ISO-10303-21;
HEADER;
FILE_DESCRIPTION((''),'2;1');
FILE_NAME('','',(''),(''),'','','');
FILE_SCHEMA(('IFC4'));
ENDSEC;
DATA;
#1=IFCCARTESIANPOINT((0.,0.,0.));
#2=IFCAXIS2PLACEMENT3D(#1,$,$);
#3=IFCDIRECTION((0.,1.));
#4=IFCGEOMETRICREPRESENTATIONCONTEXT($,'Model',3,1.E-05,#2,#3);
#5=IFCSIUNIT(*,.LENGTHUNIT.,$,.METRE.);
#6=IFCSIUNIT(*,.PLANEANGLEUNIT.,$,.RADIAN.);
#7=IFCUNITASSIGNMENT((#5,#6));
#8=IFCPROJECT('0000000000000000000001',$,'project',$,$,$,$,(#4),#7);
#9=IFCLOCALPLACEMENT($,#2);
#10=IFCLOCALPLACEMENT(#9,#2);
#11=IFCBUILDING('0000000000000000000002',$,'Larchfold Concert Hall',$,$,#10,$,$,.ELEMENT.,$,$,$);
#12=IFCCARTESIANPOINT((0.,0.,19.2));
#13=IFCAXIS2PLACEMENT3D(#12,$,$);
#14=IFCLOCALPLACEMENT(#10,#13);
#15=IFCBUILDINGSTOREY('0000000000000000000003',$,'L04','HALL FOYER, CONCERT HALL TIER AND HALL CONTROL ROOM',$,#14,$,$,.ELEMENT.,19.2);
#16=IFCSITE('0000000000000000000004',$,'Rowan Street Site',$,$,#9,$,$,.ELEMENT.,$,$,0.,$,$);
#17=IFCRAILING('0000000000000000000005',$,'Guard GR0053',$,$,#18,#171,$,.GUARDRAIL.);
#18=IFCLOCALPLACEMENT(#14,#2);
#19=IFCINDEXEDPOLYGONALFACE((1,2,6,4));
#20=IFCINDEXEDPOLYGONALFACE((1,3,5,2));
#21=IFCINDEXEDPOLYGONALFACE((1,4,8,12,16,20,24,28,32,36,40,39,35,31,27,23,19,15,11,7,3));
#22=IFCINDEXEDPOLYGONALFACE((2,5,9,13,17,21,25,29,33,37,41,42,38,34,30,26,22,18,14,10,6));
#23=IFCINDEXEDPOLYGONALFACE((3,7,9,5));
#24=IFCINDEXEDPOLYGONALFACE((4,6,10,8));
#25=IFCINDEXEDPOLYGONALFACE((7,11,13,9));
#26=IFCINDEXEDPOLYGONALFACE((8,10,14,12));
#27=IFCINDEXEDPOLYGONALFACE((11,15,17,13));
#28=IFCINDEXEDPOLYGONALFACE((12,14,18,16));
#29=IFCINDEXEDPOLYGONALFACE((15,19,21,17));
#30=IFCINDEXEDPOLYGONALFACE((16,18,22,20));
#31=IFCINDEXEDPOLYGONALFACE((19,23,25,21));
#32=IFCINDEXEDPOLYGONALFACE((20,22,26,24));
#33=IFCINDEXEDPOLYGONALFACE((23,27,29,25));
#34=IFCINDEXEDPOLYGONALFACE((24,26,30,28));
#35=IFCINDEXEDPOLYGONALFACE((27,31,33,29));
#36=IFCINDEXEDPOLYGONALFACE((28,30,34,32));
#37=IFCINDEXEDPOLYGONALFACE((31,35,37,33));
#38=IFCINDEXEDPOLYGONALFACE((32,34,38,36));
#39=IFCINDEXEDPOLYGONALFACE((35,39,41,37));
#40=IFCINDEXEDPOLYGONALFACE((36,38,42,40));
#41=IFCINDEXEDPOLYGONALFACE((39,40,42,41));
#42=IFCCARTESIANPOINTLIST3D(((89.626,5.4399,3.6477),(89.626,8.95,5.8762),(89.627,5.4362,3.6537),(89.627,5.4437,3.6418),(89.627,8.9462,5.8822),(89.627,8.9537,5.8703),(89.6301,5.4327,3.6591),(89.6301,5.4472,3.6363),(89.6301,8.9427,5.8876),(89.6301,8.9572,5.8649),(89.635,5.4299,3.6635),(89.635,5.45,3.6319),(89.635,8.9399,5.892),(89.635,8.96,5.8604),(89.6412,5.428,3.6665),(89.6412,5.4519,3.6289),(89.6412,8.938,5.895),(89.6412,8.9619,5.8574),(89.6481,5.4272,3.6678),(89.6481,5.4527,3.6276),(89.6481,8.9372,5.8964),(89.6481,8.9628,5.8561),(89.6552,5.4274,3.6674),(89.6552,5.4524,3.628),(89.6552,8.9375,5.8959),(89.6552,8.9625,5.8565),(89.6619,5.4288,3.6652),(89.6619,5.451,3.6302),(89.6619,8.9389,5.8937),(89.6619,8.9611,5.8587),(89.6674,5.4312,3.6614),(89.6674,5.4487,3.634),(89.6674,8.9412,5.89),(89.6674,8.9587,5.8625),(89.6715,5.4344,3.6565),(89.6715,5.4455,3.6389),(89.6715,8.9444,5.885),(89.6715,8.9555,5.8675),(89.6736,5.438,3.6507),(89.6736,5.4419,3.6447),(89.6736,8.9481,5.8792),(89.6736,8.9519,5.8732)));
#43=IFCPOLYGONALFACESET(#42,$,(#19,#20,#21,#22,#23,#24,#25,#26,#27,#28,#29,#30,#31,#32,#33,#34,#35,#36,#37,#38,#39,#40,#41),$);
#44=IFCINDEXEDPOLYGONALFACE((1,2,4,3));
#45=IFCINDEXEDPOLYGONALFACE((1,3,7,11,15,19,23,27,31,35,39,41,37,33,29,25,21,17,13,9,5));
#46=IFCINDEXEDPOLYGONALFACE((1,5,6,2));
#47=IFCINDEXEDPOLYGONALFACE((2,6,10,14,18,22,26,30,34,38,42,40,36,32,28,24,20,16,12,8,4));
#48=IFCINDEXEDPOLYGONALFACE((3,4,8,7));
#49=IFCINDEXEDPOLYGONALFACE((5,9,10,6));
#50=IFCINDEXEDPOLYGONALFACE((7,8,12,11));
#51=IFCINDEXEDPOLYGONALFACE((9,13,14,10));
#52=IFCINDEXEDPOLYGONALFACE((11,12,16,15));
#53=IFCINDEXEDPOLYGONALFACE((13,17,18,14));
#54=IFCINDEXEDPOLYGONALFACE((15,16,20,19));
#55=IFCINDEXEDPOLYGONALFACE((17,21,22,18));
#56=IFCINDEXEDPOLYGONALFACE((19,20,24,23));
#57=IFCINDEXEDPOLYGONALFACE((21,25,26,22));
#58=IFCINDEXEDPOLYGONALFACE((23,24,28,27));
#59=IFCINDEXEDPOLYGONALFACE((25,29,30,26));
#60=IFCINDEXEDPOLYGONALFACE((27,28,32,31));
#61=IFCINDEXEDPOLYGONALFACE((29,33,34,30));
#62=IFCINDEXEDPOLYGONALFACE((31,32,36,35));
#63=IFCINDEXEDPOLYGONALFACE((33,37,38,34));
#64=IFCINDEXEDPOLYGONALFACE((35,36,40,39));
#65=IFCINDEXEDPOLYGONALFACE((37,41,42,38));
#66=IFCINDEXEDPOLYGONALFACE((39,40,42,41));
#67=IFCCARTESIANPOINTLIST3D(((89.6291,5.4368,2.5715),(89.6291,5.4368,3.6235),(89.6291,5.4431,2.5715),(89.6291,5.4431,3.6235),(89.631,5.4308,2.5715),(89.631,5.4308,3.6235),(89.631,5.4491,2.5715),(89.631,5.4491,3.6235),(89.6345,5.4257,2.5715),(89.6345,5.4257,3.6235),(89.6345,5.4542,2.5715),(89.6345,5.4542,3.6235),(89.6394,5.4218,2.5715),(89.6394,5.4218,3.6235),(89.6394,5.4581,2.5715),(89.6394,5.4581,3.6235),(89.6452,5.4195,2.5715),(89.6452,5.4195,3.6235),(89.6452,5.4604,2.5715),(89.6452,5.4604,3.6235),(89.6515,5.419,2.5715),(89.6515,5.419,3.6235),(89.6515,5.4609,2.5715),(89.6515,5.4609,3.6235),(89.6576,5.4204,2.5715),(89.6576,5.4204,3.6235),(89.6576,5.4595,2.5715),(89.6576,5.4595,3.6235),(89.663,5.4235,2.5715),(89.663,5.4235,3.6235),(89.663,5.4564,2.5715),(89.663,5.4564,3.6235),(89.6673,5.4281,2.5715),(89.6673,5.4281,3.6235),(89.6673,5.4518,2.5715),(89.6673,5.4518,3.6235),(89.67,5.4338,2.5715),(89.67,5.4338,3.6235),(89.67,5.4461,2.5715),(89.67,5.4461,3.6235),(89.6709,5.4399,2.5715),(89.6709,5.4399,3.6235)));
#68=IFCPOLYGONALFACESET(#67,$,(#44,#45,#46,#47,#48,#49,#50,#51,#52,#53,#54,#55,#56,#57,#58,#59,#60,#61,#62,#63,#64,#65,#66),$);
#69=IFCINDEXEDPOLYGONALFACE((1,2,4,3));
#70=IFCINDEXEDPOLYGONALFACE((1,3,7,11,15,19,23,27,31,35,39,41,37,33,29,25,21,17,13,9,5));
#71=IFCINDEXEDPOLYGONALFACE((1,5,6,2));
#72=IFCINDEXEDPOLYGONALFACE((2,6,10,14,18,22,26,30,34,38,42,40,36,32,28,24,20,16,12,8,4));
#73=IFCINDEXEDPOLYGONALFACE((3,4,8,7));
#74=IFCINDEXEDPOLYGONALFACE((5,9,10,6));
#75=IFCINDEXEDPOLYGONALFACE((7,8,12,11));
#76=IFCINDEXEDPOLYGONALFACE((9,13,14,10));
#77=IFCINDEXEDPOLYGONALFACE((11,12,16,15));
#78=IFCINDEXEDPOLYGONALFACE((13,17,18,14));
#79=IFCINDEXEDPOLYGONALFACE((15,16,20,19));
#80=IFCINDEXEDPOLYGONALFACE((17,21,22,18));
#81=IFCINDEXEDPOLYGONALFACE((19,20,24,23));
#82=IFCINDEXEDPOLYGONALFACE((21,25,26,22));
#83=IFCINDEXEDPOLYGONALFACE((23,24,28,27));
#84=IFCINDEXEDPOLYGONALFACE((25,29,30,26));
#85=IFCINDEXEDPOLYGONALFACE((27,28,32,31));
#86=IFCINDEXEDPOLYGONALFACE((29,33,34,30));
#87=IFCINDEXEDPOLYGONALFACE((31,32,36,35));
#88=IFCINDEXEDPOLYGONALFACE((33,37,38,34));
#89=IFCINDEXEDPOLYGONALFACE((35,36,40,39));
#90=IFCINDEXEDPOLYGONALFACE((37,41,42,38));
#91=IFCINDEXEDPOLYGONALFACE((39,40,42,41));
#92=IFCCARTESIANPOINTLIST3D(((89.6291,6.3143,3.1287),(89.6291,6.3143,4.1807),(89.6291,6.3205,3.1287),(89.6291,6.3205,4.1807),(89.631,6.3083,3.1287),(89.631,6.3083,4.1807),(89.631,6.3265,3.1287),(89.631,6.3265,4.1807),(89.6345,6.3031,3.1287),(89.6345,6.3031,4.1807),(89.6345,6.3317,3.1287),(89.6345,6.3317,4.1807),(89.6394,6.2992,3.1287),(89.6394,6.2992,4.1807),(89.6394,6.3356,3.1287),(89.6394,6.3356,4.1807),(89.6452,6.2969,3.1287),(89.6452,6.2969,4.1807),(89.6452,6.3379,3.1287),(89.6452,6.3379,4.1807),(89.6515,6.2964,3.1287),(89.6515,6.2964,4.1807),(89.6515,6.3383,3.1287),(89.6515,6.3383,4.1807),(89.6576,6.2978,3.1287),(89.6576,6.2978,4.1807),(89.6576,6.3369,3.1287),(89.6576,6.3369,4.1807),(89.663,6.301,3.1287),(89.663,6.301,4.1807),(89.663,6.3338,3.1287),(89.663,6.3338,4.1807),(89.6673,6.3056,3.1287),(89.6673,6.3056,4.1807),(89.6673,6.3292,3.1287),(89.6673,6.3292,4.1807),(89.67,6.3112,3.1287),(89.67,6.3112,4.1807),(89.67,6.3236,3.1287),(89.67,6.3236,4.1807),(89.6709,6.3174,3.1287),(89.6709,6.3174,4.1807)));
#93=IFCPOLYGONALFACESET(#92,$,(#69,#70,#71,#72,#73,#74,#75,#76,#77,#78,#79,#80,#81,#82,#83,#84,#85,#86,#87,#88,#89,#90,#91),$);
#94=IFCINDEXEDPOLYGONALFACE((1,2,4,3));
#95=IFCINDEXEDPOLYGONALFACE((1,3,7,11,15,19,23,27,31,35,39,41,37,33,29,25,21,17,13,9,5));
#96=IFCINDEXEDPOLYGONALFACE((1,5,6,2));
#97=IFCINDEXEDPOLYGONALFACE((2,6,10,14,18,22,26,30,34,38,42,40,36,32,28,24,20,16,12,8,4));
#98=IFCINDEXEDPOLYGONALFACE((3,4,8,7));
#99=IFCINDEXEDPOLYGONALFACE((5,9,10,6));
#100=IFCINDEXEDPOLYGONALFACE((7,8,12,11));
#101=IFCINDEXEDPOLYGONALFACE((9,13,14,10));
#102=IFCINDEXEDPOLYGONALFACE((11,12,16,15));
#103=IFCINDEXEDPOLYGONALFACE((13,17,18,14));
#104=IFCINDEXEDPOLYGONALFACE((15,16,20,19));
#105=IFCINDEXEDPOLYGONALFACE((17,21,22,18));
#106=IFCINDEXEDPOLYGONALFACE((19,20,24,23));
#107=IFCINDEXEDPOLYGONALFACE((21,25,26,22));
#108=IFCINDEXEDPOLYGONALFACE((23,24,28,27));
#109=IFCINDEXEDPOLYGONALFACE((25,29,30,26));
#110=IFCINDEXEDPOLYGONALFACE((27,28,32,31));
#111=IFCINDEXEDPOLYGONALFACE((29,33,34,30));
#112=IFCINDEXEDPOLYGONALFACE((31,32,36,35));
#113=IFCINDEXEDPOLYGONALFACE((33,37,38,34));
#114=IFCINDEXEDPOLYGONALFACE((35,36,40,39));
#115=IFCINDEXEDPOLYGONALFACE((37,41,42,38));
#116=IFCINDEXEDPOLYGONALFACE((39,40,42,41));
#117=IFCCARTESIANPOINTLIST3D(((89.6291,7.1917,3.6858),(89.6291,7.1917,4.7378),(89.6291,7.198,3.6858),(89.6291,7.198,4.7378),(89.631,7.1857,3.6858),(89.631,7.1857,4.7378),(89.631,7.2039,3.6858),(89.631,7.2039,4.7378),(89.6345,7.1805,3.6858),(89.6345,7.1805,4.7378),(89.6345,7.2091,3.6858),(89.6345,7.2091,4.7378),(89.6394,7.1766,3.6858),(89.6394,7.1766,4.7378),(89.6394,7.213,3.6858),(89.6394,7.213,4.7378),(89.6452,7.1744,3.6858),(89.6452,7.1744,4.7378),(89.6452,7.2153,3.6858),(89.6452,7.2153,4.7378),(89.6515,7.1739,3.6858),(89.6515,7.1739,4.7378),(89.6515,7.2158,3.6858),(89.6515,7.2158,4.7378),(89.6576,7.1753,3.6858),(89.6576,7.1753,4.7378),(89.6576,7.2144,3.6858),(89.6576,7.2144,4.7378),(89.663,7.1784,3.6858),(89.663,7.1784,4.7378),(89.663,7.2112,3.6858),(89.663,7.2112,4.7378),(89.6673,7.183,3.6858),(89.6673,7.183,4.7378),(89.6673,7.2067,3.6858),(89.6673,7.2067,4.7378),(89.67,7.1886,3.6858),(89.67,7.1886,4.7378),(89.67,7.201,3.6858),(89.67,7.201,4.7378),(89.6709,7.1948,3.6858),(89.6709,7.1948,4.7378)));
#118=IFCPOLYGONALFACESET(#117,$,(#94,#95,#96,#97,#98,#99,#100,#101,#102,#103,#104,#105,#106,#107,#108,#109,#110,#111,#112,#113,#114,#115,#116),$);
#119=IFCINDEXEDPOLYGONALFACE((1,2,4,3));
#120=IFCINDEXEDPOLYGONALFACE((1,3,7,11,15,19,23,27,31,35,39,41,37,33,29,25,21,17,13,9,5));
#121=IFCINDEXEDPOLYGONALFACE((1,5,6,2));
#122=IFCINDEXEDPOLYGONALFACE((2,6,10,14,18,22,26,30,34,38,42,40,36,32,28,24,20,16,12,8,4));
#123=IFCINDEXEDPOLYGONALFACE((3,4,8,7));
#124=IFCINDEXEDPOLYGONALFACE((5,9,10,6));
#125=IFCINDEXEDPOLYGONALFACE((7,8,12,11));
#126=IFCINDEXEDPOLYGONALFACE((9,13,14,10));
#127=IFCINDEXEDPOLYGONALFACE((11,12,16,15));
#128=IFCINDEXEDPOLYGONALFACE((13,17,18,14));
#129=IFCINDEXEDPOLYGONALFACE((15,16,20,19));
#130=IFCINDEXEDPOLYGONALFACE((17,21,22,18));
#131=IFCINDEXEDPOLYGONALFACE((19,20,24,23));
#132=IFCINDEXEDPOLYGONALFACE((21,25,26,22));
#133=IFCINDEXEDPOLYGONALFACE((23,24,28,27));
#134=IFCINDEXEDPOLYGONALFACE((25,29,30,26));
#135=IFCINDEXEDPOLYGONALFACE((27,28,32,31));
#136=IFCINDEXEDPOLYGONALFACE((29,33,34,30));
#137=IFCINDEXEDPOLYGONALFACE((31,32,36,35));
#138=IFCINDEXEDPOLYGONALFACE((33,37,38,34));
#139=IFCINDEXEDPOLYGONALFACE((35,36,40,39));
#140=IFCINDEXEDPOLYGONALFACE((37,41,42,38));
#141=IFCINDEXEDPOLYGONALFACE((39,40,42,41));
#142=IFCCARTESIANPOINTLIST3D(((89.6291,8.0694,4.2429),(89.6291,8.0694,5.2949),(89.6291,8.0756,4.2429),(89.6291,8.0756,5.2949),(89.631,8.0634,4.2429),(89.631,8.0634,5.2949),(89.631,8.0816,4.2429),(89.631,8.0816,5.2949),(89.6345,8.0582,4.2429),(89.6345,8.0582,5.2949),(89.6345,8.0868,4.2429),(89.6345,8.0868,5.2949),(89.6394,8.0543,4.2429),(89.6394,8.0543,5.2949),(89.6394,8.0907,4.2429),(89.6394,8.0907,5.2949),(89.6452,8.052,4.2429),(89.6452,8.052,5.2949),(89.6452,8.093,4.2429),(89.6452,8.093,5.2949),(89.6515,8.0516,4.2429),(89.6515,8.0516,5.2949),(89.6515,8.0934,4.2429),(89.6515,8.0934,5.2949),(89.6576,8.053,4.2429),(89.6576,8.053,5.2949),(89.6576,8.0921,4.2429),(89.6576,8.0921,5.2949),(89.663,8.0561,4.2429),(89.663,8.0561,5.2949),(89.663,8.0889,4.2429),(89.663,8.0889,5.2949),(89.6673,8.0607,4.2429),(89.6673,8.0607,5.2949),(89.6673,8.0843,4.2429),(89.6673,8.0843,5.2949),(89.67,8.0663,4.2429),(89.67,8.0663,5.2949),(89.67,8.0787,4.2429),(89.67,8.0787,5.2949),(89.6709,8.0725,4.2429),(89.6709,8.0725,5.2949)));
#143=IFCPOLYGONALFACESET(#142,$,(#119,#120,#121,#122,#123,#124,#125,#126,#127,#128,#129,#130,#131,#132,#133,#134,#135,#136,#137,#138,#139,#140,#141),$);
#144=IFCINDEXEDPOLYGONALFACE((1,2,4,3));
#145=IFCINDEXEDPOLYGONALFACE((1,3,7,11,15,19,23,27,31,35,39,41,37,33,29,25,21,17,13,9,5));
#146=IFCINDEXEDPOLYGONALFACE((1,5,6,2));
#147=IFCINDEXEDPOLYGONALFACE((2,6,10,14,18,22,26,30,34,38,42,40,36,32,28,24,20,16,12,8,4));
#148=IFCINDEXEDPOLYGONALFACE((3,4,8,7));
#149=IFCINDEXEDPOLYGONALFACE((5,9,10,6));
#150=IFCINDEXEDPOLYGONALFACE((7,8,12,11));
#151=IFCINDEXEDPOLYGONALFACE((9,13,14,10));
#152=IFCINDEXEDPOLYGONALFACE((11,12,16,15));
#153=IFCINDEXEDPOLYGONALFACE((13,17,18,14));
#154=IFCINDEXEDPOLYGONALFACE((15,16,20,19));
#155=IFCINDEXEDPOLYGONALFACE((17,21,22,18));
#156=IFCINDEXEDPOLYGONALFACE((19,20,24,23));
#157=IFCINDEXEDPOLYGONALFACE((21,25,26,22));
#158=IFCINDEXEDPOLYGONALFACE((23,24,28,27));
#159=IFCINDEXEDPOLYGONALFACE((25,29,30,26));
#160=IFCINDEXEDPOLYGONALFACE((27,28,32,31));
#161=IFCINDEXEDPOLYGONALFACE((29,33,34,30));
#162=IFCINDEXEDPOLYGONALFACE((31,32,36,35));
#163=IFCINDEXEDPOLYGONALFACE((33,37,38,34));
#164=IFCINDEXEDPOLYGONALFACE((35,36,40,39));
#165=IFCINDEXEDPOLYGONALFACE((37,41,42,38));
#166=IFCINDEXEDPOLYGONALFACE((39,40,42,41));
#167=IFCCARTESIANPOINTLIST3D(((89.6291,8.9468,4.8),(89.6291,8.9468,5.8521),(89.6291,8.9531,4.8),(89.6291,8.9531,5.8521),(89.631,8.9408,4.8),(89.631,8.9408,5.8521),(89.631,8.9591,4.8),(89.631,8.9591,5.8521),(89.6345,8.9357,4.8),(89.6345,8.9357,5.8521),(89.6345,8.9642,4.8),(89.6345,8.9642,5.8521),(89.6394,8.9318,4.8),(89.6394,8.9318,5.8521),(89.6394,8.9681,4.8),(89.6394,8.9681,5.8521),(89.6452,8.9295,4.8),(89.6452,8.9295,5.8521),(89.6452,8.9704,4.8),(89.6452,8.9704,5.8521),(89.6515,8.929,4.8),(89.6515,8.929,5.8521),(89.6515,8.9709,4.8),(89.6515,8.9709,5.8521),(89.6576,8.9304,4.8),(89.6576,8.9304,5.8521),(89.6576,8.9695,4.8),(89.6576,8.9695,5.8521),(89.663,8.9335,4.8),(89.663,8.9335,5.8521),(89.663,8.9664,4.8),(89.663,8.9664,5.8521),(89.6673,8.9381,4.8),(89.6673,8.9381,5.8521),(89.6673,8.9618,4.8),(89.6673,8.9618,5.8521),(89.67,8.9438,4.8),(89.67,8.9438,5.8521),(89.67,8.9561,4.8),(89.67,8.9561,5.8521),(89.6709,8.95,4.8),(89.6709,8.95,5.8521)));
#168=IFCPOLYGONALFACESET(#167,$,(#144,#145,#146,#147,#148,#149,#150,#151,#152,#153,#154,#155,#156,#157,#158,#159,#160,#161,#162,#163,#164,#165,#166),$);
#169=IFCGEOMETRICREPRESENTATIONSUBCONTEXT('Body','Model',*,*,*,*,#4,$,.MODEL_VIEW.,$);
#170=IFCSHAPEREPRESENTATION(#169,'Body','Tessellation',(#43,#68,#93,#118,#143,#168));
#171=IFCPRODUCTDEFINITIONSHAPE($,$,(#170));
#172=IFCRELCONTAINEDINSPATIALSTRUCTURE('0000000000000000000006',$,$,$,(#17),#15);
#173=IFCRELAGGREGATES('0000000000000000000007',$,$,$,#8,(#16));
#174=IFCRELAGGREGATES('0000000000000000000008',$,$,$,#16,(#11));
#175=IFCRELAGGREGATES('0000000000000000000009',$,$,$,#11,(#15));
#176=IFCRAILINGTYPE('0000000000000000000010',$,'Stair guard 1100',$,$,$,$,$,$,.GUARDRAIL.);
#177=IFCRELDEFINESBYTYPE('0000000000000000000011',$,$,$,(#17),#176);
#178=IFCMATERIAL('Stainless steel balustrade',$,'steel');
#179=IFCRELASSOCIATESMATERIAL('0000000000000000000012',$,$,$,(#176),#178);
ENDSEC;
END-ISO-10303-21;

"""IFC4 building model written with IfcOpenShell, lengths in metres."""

from ifc_helpers import new_model, si_unit, direction, frame, origin, origin_2d, place, context, subcontext, project, spatial, circle, extrude, material, type_object, element, save


model = new_model("IFC4")

# Units and contexts
model_context = context("Model", 3, precision=1e-05, world=origin(), true_north=direction((0.0, 1.0)))
body_context = subcontext(model_context, "Body", "Model", "MODEL_VIEW")
ifc_project = project(units=[si_unit("LENGTHUNIT", "METRE"), si_unit("PLANEANGLEUNIT", "RADIAN")], contexts=[model_context])

# Site, building, storey
site_placement = place(None, origin())
site = spatial("IfcSite", under=ifc_project, at=site_placement, Name="Rowan Street Site", CompositionType="ELEMENT", RefElevation=0.0)
building_placement = place(site_placement, origin())
building = spatial("IfcBuilding", under=site, at=building_placement, Name="Larchfold Concert Hall", CompositionType="ELEMENT")
storey_placement = place(building_placement, frame((0.0, 0.0, 19.2)))
storey = spatial("IfcBuildingStorey", under=building, at=storey_placement, Name="L04", Description="HALL FOYER, CONCERT HALL TIER AND HALL CONTROL ROOM", CompositionType="ELEMENT", Elevation=19.2)

# Railing
ifc_material_1 = material(Name="Stainless steel balustrade", Category="steel")
railing_type_1 = type_object("IfcRailingType", Name="Stair guard 1100", PredefinedType="GUARDRAIL", material=ifc_material_1)
railing_1_placement = place(storey_placement, frame((89.6499, 5.4399, 2.5715)))
element("IfcRailing", 1, at=railing_1_placement, inside=storey, type_object=railing_type_1, Name="Guard GR0053", PredefinedType="GUARDRAIL", context=body_context, shape_type="SweptSolid", body=[
    extrude(circle(Radius=0.0239, at=origin_2d()), frame((0.0, 0.0, 1.0762), z_axis=(0.0, 0.84422, 0.535998), x_axis=(-1.0, 0.0, 0.0)), (0.0, 0.0, 1.0), 4.1577),
    extrude(circle(Radius=0.021, at=origin_2d()), origin(), (0.0, 0.0, 1.0), 1.052),
    extrude(circle(Radius=0.021, at=origin_2d()), frame((0.0, 0.8774, 0.5571)), (0.0, 0.0, 1.0), 1.052),
    extrude(circle(Radius=0.021, at=origin_2d()), frame((0.0, 1.7549, 1.1143)), (0.0, 0.0, 1.0), 1.052),
    extrude(circle(Radius=0.021, at=origin_2d()), frame((0.0, 2.6326, 1.6714)), (0.0, 0.0, 1.0), 1.052),
    extrude(circle(Radius=0.021, at=origin_2d()), frame((0.0, 3.51, 2.2285)), (0.0, 0.0, 1.0), 1.052),
])

save(model, "model.ifc")
